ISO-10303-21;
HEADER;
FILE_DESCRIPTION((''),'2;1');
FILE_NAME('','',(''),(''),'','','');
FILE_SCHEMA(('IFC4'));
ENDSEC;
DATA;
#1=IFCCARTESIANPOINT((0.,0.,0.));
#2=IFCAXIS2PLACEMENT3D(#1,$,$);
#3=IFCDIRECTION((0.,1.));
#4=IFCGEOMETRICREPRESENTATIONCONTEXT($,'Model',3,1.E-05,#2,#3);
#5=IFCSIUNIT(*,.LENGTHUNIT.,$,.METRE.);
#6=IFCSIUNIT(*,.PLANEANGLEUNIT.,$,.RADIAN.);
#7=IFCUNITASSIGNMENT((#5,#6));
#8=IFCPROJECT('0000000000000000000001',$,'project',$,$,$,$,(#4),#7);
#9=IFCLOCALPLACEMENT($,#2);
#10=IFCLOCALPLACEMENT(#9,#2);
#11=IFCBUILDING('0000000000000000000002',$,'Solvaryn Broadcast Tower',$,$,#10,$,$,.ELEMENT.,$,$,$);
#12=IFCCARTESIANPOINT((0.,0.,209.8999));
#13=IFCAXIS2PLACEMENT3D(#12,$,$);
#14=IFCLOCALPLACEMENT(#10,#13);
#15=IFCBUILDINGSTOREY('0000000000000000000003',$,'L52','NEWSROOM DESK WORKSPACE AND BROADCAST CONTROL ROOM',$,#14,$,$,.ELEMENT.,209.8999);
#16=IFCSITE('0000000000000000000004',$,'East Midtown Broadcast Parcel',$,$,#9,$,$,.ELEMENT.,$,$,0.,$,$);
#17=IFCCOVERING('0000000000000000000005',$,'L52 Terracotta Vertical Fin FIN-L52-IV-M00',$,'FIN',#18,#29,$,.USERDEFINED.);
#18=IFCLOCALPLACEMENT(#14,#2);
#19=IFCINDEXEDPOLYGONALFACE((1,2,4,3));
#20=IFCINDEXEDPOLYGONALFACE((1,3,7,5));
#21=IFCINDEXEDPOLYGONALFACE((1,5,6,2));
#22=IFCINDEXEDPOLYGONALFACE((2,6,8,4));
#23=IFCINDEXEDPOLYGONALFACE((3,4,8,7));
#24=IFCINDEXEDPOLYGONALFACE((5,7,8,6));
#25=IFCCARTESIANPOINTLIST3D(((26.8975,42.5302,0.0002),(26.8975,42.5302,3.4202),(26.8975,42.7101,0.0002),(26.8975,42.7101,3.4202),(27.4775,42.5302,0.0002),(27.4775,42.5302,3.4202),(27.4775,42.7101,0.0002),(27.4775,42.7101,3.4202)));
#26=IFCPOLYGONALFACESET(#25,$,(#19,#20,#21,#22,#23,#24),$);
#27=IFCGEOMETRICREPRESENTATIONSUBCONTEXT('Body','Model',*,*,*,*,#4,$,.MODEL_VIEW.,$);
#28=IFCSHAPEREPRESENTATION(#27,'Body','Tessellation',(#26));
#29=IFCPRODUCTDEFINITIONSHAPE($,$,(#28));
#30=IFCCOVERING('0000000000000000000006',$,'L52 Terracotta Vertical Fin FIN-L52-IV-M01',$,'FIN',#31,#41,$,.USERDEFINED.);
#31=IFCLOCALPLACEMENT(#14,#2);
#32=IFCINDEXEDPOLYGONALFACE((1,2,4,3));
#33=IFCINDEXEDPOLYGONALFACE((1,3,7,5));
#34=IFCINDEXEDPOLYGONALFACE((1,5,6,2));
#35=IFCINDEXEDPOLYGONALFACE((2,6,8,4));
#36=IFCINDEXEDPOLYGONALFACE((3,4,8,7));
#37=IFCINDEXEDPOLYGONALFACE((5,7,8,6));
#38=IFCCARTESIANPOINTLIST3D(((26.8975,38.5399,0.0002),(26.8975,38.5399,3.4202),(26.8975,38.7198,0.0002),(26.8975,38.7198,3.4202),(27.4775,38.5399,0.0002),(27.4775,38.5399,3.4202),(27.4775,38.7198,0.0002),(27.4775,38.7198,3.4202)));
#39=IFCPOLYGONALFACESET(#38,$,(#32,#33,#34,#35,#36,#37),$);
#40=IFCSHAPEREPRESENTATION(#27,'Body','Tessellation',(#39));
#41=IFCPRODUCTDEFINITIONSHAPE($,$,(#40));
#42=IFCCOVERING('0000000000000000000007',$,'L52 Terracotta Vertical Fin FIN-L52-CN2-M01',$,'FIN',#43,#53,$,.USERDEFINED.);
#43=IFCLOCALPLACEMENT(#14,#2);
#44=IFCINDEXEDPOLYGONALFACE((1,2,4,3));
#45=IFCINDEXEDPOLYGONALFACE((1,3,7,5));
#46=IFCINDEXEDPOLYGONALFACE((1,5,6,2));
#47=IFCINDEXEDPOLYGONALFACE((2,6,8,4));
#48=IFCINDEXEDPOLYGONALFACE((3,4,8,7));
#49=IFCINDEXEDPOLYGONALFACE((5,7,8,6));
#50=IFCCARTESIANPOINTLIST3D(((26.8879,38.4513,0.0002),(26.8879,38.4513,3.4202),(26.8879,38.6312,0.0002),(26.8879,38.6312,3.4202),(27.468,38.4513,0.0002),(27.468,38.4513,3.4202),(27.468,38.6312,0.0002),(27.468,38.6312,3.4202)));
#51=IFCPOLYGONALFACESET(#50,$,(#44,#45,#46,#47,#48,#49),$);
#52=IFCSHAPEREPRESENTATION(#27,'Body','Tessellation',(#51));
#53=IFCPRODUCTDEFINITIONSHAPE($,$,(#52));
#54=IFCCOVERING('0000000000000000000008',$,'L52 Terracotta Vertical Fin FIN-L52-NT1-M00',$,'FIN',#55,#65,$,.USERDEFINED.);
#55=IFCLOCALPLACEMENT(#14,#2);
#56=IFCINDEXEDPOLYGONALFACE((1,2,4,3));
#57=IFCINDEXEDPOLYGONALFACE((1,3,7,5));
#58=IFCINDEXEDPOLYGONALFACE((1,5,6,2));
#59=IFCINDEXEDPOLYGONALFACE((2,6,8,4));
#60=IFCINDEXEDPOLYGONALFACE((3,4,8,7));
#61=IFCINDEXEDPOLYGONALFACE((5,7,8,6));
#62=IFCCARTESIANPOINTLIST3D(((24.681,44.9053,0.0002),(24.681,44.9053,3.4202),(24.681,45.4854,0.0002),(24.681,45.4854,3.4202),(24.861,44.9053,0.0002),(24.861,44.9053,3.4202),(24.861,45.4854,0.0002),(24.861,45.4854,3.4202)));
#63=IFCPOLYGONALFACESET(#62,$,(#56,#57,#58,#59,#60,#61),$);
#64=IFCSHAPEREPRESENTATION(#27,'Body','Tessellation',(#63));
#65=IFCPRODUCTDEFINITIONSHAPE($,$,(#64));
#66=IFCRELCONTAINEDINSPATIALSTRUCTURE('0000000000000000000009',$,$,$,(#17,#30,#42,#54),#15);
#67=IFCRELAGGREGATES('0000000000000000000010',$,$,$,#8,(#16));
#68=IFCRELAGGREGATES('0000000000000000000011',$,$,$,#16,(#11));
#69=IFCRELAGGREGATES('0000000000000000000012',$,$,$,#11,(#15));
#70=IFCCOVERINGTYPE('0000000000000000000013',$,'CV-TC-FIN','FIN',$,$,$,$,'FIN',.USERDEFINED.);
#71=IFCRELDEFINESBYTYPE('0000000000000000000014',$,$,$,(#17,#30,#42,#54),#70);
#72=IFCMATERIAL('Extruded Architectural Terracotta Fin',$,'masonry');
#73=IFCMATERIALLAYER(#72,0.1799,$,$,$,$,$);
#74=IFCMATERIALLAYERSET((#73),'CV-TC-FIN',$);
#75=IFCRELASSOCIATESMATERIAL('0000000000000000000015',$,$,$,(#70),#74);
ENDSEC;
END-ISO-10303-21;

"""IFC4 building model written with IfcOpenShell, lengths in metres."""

from ifc_helpers import new_model, si_unit, direction, frame, origin, origin_2d, place, context, subcontext, project, spatial, rectangle, extrude, material, layer, layer_set, type_object, element, save


model = new_model("IFC4")

# Units and contexts
model_context = context("Model", 3, precision=1e-05, world=origin(), true_north=direction((0.0, 1.0)))
body_context = subcontext(model_context, "Body", "Model", "MODEL_VIEW")
ifc_project = project(units=[si_unit("LENGTHUNIT", "METRE"), si_unit("PLANEANGLEUNIT", "RADIAN")], contexts=[model_context])

# Site, building, storey
site_placement = place(None, origin())
site = spatial("IfcSite", under=ifc_project, at=site_placement, Name="East Midtown Broadcast Parcel", CompositionType="ELEMENT", RefElevation=0.0)
building_placement = place(site_placement, origin())
building = spatial("IfcBuilding", under=site, at=building_placement, Name="Solvaryn Broadcast Tower", CompositionType="ELEMENT")
storey_placement = place(building_placement, frame((0.0, 0.0, 209.8999)))
storey = spatial("IfcBuildingStorey", under=building, at=storey_placement, Name="L52", Description="NEWSROOM DESK WORKSPACE AND BROADCAST CONTROL ROOM", CompositionType="ELEMENT", Elevation=209.8999)

# Coverings
ifc_material_1 = material(Name="Extruded Architectural Terracotta Fin", Category="masonry")
ifc_layer_1 = layer(ifc_material_1, 0.1799)
ifc_layer_set_1 = layer_set([ifc_layer_1], Name="CV-TC-FIN")
covering_type = type_object("IfcCoveringType", Name="CV-TC-FIN", Description="FIN", ElementType="FIN", PredefinedType="USERDEFINED", material=ifc_layer_set_1)
for number, where, z_axis, x_axis, name in (
    (1, (27.1875, 42.6201, 0.0002), (0.0, 0.0, 1.0), (1.0, 0.0, 0.0), "L52 Terracotta Vertical Fin FIN-L52-IV-M00"),
    (2, (27.1875, 38.6299, 0.0002), (0.0, 0.0, 1.0), (1.0, 0.0, 0.0), "L52 Terracotta Vertical Fin FIN-L52-IV-M01"),
    (3, (27.178, 38.5413, 0.0002), (0.0, 0.0, 1.0), (1.0, 0.0, 0.0), "L52 Terracotta Vertical Fin FIN-L52-CN2-M01"),
):
    element("IfcCovering", number, at=place(storey_placement, frame(where, z_axis=z_axis, x_axis=x_axis)), inside=storey, type_object=covering_type, Name=name, ObjectType="FIN", PredefinedType="USERDEFINED", context=body_context, shape_type="SweptSolid", body=[
        extrude(rectangle(XDim=0.5801, YDim=0.1799, at=origin_2d()), origin(), (0.0, 0.0, 1.0), 3.4199),
    ])
covering_placement = place(storey_placement, frame((24.771, 45.1953, 0.0002), z_axis=(0.0, 0.0, 1.0), x_axis=(1.0, 0.0, 0.0)))
element("IfcCovering", 4, at=covering_placement, inside=storey, type_object=covering_type, Name="L52 Terracotta Vertical Fin FIN-L52-NT1-M00", ObjectType="FIN", PredefinedType="USERDEFINED", context=body_context, shape_type="SweptSolid", body=[
    extrude(rectangle(XDim=0.1799, YDim=0.5801, at=origin_2d()), origin(), (0.0, 0.0, 1.0), 3.4199),
])

save(model, "model.ifc")
